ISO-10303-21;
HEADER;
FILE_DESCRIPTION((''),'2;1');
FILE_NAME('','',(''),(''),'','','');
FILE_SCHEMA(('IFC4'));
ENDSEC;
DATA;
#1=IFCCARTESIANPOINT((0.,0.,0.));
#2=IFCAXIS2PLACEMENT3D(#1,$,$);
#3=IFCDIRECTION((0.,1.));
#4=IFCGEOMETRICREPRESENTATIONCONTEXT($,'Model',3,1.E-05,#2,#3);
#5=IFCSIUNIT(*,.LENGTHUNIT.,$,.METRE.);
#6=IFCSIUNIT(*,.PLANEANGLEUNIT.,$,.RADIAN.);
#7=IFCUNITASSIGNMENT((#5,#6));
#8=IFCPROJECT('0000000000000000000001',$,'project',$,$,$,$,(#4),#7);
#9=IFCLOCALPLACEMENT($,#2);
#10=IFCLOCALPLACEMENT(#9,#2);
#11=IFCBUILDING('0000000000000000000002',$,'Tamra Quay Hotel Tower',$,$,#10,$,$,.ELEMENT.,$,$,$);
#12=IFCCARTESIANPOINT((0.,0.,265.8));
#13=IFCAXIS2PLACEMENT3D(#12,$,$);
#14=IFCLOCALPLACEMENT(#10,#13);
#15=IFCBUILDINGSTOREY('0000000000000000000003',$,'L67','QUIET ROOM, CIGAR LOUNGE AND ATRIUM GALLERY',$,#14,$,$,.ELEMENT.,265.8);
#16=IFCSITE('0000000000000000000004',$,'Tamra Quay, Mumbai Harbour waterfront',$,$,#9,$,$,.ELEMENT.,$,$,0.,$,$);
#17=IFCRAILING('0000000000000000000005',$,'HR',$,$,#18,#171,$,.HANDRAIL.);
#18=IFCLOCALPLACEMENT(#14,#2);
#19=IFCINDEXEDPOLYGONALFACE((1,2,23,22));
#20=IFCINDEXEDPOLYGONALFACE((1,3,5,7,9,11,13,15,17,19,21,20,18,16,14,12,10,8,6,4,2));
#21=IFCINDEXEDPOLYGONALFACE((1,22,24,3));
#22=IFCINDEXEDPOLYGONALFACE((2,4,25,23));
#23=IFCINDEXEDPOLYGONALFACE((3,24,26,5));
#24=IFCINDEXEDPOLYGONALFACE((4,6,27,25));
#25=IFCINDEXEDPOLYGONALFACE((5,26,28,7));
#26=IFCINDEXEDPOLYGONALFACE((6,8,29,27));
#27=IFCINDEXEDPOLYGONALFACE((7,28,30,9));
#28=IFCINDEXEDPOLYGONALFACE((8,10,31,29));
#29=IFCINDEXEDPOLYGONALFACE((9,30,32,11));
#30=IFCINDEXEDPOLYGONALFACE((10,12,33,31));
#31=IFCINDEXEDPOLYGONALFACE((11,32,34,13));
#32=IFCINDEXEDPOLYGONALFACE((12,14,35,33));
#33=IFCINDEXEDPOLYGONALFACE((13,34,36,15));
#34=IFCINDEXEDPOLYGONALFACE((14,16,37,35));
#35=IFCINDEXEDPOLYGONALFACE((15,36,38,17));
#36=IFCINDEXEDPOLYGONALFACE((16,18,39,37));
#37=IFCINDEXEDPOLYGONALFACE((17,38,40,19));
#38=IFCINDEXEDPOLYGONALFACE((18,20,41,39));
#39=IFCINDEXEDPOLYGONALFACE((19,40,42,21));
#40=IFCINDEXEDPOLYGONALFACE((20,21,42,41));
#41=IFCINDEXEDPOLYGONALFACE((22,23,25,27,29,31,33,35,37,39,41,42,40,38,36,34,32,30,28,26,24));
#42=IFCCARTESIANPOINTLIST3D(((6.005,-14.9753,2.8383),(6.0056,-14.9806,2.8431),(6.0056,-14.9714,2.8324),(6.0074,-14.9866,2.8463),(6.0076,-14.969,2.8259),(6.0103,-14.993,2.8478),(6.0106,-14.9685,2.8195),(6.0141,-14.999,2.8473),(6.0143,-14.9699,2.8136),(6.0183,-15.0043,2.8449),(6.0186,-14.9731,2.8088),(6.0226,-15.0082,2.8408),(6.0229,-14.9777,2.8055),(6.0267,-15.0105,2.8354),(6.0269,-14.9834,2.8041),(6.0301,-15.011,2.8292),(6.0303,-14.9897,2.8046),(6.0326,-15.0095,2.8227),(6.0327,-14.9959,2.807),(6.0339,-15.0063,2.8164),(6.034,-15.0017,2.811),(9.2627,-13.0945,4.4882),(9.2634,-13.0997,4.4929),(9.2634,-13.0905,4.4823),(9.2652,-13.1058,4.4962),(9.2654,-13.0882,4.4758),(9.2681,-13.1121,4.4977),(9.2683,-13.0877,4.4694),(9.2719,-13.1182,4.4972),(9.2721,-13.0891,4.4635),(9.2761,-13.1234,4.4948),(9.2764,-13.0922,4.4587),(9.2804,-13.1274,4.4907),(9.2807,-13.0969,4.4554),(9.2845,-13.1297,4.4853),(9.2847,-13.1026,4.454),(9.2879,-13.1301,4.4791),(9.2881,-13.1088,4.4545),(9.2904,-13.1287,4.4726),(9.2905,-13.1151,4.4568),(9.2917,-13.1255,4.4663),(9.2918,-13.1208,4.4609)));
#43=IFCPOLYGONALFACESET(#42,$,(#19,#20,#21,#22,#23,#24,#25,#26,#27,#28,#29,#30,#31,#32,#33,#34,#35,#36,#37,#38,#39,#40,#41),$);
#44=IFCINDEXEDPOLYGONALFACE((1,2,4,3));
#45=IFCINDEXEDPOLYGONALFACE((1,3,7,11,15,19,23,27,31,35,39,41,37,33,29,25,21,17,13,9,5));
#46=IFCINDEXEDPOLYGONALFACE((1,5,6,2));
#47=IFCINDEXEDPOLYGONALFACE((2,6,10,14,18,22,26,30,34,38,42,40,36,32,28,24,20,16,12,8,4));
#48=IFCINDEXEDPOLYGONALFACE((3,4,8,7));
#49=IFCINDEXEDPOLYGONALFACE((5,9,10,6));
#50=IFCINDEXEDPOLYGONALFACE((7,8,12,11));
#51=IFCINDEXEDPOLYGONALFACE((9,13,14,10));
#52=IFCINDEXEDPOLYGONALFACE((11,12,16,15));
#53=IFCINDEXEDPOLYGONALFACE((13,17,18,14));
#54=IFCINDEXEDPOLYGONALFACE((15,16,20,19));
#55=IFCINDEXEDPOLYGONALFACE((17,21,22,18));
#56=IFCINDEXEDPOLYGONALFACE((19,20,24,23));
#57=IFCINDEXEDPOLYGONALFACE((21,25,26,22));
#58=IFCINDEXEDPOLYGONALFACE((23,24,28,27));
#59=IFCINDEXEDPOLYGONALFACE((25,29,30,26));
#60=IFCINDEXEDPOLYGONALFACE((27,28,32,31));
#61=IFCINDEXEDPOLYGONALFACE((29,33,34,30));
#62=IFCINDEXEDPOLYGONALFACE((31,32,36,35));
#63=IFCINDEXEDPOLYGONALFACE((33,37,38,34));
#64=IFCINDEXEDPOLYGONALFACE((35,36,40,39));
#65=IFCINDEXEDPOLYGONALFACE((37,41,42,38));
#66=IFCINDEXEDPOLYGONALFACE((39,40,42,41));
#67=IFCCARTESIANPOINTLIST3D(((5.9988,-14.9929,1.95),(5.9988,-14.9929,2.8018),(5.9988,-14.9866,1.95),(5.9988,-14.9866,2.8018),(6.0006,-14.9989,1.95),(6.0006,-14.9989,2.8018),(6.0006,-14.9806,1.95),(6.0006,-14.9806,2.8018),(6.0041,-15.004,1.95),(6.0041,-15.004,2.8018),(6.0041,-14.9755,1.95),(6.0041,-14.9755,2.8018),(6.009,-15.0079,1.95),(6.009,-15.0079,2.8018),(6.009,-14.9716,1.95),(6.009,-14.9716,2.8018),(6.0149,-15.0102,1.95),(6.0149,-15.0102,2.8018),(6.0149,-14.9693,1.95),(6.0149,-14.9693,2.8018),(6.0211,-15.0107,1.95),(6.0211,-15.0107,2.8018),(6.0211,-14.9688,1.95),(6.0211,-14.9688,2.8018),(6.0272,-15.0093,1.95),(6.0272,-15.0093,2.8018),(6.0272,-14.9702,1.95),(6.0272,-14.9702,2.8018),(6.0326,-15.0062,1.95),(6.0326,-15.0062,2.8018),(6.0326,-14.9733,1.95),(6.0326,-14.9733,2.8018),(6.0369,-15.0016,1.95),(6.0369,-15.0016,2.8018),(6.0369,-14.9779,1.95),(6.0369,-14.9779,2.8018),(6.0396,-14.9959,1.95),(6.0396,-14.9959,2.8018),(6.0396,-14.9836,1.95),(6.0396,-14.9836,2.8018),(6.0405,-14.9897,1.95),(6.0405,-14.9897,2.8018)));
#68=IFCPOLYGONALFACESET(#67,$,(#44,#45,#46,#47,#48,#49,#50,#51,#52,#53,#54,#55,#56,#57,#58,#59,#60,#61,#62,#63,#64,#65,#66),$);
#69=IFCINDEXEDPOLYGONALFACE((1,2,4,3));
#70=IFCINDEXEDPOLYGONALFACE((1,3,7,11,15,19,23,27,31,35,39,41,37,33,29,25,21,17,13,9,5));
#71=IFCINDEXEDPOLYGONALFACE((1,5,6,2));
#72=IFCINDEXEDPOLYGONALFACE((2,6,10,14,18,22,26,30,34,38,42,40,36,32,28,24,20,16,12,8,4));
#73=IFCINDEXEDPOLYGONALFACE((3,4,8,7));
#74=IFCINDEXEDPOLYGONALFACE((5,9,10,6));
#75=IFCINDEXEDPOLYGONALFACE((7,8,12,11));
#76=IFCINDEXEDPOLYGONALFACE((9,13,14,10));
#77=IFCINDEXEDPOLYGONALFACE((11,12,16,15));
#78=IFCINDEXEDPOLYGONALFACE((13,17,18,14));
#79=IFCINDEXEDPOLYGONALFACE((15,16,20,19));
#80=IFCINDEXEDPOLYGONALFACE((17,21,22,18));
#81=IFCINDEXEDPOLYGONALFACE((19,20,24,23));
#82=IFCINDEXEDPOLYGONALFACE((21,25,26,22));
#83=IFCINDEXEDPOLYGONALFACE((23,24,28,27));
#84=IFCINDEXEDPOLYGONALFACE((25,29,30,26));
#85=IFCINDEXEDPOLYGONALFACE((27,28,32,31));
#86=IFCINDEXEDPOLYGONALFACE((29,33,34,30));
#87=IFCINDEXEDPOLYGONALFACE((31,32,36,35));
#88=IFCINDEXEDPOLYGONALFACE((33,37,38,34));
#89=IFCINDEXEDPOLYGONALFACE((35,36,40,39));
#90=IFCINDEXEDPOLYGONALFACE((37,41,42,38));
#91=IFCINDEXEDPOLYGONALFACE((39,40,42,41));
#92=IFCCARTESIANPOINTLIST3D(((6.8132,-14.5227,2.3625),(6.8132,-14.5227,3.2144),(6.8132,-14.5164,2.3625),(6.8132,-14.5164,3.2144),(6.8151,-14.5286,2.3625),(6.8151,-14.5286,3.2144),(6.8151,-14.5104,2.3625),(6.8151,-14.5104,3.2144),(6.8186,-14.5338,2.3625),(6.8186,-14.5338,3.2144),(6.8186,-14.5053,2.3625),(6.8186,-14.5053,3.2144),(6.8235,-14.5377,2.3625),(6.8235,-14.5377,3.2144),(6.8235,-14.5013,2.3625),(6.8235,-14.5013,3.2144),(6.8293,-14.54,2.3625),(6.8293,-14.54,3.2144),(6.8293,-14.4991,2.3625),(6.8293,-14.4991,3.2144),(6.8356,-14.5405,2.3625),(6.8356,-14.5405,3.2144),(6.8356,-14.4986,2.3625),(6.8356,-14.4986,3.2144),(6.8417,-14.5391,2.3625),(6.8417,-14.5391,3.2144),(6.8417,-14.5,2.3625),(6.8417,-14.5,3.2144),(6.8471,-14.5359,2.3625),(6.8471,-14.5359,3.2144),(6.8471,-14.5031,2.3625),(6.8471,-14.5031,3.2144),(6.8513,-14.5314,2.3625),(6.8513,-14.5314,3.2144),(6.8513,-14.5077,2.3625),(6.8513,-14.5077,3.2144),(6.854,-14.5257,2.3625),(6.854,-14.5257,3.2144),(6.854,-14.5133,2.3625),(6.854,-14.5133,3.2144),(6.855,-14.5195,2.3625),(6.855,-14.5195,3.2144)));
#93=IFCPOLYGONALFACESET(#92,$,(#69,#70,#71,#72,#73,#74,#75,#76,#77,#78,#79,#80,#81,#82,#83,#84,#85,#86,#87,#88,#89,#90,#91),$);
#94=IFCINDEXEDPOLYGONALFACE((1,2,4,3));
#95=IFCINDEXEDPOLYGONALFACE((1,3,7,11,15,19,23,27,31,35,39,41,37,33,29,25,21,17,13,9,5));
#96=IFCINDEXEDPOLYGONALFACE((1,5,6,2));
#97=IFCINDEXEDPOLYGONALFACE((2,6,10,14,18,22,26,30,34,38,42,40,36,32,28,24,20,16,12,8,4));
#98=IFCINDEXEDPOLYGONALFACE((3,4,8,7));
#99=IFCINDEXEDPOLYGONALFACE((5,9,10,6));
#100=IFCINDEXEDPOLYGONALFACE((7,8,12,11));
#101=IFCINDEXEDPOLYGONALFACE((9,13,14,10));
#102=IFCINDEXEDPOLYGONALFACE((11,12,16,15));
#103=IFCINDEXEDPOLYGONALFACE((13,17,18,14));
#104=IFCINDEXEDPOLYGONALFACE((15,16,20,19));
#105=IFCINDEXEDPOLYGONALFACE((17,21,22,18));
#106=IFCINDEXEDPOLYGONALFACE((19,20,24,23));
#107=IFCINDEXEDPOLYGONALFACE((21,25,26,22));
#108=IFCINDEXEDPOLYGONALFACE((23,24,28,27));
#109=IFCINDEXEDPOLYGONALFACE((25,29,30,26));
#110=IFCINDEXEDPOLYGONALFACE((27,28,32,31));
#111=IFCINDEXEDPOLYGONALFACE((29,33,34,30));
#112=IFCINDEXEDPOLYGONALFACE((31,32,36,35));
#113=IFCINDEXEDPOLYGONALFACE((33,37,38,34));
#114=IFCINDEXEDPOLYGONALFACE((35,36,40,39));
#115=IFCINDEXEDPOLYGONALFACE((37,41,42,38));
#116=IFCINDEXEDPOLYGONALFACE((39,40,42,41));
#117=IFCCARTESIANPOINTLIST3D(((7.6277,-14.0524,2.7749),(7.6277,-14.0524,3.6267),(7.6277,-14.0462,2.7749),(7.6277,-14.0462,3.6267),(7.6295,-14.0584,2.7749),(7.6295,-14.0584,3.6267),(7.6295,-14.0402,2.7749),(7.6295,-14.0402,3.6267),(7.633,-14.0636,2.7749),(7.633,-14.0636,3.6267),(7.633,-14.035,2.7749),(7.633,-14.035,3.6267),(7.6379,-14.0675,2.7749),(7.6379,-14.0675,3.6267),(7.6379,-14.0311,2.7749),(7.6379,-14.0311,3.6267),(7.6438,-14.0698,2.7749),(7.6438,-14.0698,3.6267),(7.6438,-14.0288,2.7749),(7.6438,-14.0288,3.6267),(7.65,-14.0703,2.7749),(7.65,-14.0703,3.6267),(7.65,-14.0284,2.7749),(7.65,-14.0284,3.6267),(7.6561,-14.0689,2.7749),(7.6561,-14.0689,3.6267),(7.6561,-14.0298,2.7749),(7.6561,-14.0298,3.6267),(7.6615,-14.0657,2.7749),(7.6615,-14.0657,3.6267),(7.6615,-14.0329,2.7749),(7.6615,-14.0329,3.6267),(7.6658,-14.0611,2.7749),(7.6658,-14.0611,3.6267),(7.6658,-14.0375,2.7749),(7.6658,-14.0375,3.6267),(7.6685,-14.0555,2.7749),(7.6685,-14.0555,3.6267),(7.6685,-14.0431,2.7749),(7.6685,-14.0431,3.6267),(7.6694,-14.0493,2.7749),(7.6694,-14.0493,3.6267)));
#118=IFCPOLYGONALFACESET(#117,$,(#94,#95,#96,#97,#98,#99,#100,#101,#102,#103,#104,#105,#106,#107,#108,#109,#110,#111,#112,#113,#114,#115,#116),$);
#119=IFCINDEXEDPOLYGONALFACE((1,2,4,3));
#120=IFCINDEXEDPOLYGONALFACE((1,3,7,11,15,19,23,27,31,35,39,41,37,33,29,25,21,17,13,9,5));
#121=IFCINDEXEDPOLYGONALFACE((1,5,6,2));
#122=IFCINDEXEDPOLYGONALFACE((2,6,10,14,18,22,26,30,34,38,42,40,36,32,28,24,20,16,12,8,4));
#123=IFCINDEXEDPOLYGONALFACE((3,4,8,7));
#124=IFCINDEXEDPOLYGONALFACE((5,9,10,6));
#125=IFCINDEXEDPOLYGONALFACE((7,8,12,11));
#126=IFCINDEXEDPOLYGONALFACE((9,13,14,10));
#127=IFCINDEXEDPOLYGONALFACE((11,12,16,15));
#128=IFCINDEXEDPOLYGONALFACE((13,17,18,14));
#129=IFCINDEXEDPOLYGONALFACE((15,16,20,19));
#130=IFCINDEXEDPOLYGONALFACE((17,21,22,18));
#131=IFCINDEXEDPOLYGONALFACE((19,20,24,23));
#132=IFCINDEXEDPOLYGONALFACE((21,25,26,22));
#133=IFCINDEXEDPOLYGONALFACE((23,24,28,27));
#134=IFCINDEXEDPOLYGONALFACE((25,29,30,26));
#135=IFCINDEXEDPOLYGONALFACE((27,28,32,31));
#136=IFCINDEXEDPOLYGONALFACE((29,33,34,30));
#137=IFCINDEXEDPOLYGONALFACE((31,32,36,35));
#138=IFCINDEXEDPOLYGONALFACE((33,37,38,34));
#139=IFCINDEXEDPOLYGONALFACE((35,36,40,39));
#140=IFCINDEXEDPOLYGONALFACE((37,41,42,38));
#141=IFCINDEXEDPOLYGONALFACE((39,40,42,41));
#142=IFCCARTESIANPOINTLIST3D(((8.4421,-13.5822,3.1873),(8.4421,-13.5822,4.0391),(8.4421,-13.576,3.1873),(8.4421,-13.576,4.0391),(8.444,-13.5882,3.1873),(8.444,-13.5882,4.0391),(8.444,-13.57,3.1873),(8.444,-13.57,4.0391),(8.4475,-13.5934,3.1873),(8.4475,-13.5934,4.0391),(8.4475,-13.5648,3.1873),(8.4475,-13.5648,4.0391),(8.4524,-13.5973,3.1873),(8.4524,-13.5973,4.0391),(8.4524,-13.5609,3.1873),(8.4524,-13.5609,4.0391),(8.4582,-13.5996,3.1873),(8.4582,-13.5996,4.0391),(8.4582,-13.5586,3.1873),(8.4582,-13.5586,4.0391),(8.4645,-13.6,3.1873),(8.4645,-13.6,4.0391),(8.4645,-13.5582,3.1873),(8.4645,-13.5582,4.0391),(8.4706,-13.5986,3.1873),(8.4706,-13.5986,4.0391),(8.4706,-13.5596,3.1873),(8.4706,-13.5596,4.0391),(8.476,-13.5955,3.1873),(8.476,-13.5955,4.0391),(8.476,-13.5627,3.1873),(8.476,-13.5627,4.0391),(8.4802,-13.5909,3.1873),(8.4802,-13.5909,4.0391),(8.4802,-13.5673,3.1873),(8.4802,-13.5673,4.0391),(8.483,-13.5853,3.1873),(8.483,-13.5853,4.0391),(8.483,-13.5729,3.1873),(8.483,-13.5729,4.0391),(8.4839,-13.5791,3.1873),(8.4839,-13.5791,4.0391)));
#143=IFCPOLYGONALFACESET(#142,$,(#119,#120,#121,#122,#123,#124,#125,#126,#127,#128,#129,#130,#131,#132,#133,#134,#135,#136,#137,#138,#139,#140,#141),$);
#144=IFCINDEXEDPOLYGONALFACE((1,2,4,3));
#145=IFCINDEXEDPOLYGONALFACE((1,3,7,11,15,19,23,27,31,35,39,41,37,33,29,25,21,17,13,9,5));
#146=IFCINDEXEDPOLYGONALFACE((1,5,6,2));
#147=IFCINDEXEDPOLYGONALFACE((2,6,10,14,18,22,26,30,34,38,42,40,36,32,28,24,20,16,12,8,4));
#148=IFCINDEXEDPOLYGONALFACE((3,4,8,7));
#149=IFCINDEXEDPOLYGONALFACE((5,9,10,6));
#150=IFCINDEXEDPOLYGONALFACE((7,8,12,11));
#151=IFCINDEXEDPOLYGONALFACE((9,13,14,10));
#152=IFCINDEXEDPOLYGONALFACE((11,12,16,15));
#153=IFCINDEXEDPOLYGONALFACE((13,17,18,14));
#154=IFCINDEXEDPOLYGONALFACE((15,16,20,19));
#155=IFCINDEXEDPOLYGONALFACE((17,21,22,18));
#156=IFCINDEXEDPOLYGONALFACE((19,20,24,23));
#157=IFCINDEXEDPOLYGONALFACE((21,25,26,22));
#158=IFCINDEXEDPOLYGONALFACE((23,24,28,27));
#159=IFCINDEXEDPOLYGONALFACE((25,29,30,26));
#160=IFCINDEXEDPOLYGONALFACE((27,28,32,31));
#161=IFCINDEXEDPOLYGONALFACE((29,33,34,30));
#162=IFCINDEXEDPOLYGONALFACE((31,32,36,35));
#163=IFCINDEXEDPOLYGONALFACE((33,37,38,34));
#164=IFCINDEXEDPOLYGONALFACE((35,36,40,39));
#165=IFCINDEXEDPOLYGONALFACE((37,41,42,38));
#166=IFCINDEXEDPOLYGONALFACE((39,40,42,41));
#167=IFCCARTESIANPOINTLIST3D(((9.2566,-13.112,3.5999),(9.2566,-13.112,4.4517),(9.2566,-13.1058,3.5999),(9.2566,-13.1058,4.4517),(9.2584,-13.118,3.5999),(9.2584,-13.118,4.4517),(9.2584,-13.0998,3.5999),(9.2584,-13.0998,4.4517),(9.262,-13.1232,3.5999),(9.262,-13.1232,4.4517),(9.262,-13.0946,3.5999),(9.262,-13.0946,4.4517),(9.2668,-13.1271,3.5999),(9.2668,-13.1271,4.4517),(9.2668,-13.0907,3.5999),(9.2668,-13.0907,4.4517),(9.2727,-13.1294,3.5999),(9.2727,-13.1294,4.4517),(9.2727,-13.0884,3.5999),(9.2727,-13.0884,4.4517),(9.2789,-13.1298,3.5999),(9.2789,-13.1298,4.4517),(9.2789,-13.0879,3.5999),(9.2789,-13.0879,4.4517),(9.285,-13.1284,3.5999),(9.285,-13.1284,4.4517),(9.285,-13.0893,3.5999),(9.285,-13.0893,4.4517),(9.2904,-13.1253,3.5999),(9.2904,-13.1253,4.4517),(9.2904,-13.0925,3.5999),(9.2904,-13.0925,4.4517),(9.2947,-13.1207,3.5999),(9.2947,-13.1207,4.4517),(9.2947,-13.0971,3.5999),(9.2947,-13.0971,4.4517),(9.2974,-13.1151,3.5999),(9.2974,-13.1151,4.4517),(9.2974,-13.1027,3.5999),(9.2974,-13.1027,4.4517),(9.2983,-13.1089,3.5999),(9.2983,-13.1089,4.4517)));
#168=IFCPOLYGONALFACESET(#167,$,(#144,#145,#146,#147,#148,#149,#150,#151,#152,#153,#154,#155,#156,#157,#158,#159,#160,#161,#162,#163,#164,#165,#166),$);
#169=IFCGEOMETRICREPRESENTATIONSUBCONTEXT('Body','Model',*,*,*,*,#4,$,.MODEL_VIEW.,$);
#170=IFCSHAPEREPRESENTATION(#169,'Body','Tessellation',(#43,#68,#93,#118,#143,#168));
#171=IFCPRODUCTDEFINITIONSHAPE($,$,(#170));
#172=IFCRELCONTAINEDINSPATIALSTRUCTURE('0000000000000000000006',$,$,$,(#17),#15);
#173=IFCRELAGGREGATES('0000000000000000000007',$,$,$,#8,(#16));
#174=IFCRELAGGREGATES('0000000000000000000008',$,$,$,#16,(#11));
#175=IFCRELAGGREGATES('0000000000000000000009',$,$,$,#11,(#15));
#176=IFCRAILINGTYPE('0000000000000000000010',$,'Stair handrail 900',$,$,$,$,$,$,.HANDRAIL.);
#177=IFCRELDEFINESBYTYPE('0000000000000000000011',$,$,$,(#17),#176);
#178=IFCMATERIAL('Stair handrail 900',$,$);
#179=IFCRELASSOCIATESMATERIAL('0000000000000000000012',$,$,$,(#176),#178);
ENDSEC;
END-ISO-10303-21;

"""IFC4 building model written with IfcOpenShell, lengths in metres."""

from ifc_helpers import new_model, si_unit, direction, frame, origin, origin_2d, place, context, subcontext, project, spatial, circle, extrude, material, type_object, element, save


model = new_model("IFC4")

# Units and contexts
model_context = context("Model", 3, precision=1e-05, world=origin(), true_north=direction((0.0, 1.0)))
body_context = subcontext(model_context, "Body", "Model", "MODEL_VIEW")
ifc_project = project(units=[si_unit("LENGTHUNIT", "METRE"), si_unit("PLANEANGLEUNIT", "RADIAN")], contexts=[model_context])

# Site, building, storey
site_placement = place(None, origin())
site = spatial("IfcSite", under=ifc_project, at=site_placement, Name="Tamra Quay, Mumbai Harbour waterfront", CompositionType="ELEMENT", RefElevation=0.0)
building_placement = place(site_placement, origin())
building = spatial("IfcBuilding", under=site, at=building_placement, Name="Tamra Quay Hotel Tower", CompositionType="ELEMENT")
storey_placement = place(building_placement, frame((0.0, 0.0, 265.8)))
storey = spatial("IfcBuildingStorey", under=building, at=storey_placement, Name="L67", Description="QUIET ROOM, CIGAR LOUNGE AND ATRIUM GALLERY", CompositionType="ELEMENT", Elevation=265.8)

# Railing
ifc_material_1 = material(Name="Stair handrail 900")
railing_type = type_object("IfcRailingType", Name="Stair handrail 900", PredefinedType="HANDRAIL", material=ifc_material_1)
railing_placement = place(storey_placement, frame((6.0195, -14.9897, 1.95)))
element("IfcRailing", 1, at=railing_placement, inside=storey, type_object=railing_type, Name="HR", PredefinedType="HANDRAIL", context=body_context, shape_type="SweptSolid", body=[
    extrude(circle(Radius=0.0239, at=origin_2d()), frame((0.0, 0.0, 0.876), z_axis=(0.7931, 0.457887, 0.401661), x_axis=(-0.499992, 0.86603, 0.0)), (0.0, 0.0, 1.0), 4.1077),
    extrude(circle(Radius=0.021, at=origin_2d()), origin(), (0.0, 0.0, 1.0), 0.8518),
    extrude(circle(Radius=0.021, at=origin_2d()), frame((0.8145, 0.4702, 0.4126)), (0.0, 0.0, 1.0), 0.8518),
    extrude(circle(Radius=0.021, at=origin_2d()), frame((1.6289, 0.9404, 0.825)), (0.0, 0.0, 1.0), 0.8518),
    extrude(circle(Radius=0.021, at=origin_2d()), frame((2.4434, 1.4106, 1.2373)), (0.0, 0.0, 1.0), 0.8518),
    extrude(circle(Radius=0.021, at=origin_2d()), frame((3.2578, 1.8809, 1.6499)), (0.0, 0.0, 1.0), 0.8518),
])

save(model, "model.ifc")
